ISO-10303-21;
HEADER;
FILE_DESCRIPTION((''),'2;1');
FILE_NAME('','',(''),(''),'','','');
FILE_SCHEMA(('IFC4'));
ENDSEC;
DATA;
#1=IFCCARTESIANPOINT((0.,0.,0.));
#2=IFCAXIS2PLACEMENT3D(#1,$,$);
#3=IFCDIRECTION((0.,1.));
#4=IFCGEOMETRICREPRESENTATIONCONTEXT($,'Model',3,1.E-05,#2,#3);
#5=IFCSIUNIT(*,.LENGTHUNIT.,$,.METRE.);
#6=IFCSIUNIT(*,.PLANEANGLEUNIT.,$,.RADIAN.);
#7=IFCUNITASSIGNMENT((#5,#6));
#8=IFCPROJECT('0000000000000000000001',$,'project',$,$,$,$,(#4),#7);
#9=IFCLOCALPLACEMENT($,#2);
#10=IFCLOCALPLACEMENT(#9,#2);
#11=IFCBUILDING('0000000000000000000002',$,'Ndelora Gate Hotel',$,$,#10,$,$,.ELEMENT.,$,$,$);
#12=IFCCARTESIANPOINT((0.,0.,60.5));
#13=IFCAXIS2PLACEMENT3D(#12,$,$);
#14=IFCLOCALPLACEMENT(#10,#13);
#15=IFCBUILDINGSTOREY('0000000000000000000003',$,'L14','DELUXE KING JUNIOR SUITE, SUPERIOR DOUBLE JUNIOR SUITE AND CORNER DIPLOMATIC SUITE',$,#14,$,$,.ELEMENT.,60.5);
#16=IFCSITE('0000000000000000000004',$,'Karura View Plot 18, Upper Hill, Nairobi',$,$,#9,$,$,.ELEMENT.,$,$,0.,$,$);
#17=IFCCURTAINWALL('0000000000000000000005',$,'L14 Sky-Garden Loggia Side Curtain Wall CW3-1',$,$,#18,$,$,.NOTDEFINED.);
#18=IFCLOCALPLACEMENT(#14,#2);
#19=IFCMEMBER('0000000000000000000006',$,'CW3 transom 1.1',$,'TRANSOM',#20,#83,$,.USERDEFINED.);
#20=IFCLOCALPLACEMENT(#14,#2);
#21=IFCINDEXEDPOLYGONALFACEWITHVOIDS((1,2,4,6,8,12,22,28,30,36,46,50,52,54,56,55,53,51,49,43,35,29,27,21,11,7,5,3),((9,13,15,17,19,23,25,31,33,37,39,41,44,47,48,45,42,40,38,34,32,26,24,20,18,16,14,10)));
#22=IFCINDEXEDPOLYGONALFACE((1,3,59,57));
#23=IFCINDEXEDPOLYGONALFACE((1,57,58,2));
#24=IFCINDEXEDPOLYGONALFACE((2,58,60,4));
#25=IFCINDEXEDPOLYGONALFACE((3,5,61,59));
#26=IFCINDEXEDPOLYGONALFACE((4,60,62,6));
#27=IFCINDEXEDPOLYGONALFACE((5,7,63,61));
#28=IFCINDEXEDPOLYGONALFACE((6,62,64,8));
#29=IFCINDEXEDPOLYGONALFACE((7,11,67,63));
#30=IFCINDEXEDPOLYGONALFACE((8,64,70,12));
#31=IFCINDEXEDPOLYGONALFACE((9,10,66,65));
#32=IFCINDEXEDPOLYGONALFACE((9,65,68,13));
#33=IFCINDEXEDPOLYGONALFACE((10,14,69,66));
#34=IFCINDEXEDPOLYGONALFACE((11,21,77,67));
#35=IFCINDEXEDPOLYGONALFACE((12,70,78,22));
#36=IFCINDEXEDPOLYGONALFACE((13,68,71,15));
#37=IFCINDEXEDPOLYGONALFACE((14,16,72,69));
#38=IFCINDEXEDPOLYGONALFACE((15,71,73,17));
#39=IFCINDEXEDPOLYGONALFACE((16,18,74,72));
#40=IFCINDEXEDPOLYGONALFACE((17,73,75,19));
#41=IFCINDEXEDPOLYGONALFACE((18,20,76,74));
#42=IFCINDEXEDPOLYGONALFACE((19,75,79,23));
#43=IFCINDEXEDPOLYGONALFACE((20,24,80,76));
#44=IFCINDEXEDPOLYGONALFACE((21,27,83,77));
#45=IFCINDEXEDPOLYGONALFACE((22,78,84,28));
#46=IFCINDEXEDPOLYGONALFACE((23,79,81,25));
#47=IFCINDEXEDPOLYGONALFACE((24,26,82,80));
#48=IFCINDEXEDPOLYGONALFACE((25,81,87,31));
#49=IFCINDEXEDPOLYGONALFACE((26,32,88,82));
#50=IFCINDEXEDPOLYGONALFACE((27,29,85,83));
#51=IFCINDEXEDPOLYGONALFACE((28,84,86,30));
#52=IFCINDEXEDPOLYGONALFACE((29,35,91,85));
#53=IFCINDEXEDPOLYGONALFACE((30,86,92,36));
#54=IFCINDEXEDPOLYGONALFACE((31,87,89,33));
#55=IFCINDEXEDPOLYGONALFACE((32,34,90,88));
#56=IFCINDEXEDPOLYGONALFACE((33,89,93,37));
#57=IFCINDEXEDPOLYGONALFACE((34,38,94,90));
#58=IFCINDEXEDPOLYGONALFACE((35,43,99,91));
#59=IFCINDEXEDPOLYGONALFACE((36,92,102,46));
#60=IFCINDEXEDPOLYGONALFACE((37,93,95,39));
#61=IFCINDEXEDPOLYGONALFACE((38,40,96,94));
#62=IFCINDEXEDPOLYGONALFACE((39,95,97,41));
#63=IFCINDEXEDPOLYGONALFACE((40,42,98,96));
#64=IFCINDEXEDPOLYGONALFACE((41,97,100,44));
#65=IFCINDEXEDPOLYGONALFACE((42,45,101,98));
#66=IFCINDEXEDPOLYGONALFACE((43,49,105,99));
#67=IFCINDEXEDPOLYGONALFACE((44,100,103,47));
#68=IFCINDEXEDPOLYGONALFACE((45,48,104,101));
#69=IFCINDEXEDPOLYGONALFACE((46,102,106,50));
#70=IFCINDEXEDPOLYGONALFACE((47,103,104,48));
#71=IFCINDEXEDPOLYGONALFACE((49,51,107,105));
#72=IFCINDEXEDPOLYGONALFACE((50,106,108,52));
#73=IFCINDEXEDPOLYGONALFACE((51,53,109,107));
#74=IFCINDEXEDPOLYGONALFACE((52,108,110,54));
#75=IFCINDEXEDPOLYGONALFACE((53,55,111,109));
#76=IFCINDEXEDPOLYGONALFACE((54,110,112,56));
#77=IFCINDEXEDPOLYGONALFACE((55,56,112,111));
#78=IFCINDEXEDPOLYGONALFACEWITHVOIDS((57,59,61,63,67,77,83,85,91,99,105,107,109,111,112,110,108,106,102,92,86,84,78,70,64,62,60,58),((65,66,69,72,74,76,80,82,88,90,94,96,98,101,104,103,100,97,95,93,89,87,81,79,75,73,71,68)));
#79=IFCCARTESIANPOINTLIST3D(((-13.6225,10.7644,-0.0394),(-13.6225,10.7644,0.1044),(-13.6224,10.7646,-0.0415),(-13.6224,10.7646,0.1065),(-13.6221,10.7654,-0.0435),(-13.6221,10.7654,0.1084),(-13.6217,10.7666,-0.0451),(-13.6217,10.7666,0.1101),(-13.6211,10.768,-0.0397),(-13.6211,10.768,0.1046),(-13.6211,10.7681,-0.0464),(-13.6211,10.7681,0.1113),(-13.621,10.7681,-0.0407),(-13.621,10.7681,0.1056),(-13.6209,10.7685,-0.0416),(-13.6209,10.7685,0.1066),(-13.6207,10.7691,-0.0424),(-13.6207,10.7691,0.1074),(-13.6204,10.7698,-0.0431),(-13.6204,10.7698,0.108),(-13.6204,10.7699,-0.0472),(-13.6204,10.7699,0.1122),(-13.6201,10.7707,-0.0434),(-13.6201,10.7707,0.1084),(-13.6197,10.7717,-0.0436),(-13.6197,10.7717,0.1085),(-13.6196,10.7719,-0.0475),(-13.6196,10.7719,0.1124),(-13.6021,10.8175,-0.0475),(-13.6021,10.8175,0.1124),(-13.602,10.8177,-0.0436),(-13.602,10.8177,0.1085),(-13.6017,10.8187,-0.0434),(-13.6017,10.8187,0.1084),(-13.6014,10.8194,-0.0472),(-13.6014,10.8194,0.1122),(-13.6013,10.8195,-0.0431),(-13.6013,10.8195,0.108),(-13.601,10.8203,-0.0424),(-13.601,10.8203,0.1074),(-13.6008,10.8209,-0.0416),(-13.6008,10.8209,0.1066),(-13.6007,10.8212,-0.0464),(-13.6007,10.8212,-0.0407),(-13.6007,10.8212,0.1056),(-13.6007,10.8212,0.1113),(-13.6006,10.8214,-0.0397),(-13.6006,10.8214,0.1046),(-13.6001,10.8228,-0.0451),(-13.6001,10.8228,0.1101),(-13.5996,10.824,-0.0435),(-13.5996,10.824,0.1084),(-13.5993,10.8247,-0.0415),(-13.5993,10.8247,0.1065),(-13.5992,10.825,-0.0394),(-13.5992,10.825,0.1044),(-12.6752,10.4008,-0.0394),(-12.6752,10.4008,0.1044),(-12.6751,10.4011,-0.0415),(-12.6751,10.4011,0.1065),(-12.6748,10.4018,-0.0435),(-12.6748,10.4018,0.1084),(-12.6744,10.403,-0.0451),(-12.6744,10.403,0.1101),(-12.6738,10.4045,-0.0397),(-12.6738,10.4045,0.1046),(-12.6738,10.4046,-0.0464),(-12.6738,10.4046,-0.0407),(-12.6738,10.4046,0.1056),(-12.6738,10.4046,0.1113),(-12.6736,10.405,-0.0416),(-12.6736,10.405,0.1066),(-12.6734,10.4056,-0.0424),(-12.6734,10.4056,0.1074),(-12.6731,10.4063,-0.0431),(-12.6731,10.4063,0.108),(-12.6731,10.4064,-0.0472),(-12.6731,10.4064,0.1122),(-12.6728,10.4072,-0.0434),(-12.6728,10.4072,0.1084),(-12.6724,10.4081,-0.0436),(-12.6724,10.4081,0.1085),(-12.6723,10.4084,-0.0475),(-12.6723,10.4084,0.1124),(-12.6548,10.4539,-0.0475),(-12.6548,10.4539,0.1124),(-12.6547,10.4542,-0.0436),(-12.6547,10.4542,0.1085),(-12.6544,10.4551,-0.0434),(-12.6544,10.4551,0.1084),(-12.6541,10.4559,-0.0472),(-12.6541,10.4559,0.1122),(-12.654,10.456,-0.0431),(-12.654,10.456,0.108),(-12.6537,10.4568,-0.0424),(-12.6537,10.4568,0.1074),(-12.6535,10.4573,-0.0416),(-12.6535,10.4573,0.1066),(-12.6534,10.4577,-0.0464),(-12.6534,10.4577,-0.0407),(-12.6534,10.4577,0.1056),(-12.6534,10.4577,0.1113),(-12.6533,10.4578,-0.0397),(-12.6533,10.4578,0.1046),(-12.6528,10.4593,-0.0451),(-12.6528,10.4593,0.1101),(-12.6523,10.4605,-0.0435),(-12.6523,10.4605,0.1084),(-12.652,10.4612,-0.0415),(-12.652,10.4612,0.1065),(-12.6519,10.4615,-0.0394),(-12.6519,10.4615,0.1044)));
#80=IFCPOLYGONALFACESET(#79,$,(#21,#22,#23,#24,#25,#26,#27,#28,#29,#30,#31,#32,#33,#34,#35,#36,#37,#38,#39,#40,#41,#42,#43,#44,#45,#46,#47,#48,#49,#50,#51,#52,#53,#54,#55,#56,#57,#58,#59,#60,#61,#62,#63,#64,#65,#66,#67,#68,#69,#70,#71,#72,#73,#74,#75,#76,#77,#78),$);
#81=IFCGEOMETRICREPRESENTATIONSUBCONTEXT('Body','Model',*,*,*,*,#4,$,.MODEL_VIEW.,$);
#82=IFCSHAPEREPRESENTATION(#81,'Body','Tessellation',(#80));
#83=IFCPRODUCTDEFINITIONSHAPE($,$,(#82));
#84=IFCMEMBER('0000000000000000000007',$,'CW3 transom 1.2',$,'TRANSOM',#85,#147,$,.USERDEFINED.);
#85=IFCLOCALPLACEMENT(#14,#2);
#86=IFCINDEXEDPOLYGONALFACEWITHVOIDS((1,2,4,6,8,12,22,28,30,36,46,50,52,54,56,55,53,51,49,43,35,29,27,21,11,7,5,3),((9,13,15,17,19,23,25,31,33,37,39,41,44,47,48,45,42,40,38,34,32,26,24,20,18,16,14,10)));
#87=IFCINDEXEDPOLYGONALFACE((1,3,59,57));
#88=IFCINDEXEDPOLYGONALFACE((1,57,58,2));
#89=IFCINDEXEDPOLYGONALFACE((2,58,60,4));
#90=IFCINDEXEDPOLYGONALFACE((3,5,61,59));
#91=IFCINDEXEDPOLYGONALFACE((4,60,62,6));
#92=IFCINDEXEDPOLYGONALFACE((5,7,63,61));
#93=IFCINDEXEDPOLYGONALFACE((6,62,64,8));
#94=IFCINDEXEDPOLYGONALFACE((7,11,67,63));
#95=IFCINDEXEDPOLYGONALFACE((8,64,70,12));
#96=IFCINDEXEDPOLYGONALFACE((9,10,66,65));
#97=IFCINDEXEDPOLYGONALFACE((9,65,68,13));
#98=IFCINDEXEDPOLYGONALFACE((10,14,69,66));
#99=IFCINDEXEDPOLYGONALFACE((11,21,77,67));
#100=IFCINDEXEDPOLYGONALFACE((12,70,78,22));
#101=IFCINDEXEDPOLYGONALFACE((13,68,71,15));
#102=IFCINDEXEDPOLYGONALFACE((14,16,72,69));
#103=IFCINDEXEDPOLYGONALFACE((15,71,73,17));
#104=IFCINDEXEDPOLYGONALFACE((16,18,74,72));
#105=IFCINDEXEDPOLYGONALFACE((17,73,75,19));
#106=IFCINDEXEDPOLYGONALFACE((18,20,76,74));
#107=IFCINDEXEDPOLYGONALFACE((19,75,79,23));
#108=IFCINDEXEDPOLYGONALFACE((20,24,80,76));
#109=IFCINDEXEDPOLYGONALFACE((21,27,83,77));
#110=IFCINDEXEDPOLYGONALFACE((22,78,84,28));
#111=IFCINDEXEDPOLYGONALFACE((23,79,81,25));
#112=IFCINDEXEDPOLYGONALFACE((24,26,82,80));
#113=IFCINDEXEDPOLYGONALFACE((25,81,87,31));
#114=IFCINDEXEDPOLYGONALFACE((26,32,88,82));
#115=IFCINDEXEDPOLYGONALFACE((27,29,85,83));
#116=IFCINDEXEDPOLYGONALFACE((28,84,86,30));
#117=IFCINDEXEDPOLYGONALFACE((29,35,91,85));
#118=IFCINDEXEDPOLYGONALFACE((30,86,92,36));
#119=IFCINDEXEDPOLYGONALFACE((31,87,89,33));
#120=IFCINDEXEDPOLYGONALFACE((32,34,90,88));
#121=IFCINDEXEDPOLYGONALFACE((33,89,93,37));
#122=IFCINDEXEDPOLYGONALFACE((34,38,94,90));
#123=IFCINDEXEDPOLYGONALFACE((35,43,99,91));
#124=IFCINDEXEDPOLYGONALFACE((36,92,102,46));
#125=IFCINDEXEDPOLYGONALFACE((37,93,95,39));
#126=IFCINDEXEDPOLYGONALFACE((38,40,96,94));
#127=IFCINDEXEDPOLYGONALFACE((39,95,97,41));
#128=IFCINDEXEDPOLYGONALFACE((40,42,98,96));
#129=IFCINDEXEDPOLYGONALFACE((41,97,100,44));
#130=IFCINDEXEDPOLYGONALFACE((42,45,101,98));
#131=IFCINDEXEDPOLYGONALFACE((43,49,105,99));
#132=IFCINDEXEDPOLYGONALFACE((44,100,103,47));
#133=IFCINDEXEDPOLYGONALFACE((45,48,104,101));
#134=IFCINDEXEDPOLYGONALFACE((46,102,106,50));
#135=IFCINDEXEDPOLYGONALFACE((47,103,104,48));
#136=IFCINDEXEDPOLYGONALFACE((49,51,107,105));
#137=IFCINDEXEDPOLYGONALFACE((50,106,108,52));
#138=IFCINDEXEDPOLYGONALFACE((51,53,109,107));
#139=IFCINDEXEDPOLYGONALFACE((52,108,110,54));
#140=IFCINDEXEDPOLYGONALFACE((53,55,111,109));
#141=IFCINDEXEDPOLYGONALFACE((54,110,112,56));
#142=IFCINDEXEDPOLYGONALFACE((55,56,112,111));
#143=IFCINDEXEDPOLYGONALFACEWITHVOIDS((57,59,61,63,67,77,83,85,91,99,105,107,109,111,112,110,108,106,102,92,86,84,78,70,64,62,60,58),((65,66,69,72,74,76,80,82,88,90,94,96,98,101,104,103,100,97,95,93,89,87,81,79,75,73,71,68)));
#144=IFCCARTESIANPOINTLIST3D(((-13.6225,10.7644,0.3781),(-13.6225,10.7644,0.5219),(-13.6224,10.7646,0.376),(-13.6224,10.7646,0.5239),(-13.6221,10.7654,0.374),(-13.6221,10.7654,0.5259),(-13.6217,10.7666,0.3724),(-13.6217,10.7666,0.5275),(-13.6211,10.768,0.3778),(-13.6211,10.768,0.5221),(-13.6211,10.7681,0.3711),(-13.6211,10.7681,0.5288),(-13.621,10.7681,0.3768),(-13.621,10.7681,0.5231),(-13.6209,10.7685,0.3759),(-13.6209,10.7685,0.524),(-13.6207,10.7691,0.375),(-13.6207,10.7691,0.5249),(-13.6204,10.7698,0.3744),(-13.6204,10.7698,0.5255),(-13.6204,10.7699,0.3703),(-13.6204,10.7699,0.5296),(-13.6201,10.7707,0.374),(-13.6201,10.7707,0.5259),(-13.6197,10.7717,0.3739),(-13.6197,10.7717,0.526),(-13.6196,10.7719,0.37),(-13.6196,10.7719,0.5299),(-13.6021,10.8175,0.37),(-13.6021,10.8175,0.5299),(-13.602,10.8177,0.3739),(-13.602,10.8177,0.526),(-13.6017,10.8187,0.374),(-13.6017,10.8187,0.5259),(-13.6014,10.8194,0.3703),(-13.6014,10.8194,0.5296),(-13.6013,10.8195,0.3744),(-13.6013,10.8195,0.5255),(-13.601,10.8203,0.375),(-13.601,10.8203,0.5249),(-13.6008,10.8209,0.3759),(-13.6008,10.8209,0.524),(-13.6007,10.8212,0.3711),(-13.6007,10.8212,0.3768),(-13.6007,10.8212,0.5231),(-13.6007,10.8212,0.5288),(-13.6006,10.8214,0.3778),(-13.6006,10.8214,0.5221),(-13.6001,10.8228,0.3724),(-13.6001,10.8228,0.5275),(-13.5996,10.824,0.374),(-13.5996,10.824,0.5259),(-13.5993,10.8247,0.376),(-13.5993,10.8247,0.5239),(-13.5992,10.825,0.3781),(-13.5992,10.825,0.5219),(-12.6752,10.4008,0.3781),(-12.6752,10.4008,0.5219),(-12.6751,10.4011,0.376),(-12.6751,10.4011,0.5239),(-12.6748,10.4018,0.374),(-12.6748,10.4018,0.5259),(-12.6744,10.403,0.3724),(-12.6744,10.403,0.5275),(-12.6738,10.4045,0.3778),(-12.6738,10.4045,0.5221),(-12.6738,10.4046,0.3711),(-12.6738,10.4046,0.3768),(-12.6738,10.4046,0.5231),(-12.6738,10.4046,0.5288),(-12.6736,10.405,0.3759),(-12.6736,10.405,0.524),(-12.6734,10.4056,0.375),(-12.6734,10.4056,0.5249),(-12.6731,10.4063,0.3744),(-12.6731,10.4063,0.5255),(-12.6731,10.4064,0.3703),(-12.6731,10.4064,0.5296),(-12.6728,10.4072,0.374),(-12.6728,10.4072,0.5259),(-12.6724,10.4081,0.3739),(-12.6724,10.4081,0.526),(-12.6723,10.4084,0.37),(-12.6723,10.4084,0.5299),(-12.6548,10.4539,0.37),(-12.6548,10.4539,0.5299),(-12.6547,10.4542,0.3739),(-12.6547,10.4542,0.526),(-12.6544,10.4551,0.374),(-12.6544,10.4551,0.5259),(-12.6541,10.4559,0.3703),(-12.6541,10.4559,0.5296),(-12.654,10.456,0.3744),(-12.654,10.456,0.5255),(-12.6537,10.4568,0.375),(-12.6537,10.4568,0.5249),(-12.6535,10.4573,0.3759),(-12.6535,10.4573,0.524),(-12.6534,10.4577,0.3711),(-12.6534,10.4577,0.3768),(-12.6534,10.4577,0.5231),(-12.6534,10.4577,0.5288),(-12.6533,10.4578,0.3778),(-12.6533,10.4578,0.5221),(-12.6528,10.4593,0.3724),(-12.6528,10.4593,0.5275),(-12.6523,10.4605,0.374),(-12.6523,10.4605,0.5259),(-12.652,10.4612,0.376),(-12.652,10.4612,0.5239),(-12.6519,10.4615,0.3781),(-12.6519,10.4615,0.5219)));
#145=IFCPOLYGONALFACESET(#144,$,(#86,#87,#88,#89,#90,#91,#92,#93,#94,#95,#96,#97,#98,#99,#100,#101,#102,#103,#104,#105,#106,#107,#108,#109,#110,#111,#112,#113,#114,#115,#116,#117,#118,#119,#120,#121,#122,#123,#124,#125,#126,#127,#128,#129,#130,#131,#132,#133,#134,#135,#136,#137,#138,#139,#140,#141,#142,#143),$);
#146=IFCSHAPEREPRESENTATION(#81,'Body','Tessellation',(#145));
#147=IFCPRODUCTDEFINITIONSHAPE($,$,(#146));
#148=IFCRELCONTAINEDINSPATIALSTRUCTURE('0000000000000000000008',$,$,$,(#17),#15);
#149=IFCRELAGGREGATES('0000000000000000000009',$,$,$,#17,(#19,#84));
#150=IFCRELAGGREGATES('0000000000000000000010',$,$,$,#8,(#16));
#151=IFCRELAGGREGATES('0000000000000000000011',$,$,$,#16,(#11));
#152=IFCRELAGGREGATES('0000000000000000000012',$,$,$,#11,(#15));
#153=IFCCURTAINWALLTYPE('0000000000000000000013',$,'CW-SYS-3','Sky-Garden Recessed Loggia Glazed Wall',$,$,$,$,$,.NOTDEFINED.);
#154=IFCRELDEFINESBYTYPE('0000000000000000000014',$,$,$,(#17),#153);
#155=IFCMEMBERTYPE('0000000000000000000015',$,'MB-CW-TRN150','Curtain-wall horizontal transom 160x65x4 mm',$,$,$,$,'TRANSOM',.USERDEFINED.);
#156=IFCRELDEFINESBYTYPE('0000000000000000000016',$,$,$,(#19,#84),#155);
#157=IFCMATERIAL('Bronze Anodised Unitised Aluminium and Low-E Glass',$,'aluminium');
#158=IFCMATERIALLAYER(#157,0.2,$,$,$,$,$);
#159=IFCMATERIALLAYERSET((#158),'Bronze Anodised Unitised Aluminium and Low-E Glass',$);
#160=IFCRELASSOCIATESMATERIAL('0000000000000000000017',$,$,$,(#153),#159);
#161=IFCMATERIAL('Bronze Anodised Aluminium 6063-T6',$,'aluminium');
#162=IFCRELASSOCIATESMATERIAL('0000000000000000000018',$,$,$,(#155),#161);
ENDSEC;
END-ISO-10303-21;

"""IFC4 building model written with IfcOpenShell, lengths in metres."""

from ifc_helpers import new_model, si_unit, direction, frame, origin, origin_2d, place, context, subcontext, project, spatial, hollow_rectangle, extrude, material, layer, layer_set, material_profile, profile_set, type_object, element, aggregate, save


model = new_model("IFC4")

# Units and contexts
model_context = context("Model", 3, precision=1e-05, world=origin(), true_north=direction((0.0, 1.0)))
body_context = subcontext(model_context, "Body", "Model", "MODEL_VIEW")
ifc_project = project(units=[si_unit("LENGTHUNIT", "METRE"), si_unit("PLANEANGLEUNIT", "RADIAN")], contexts=[model_context])

# Site, building, storey
site_placement = place(None, origin())
site = spatial("IfcSite", under=ifc_project, at=site_placement, Name="Karura View Plot 18, Upper Hill, Nairobi", CompositionType="ELEMENT", RefElevation=0.0)
building_placement = place(site_placement, origin())
building = spatial("IfcBuilding", under=site, at=building_placement, Name="Ndelora Gate Hotel", CompositionType="ELEMENT")
storey_placement = place(building_placement, frame((0.0, 0.0, 60.5)))
storey = spatial("IfcBuildingStorey", under=building, at=storey_placement, Name="L14", Description="DELUXE KING JUNIOR SUITE, SUPERIOR DOUBLE JUNIOR SUITE AND CORNER DIPLOMATIC SUITE", CompositionType="ELEMENT", Elevation=60.5)

# Curtain wall, members
ifc_material_1 = material(Name="Bronze Anodised Unitised Aluminium and Low-E Glass", Category="aluminium")
ifc_layer_1 = layer(ifc_material_1, 0.2)
ifc_layer_set_1 = layer_set([ifc_layer_1], Name="Bronze Anodised Unitised Aluminium and Low-E Glass")
curtain_wall_type = type_object("IfcCurtainWallType", Name="CW-SYS-3", Description="Sky-Garden Recessed Loggia Glazed Wall", PredefinedType="NOTDEFINED", material=ifc_layer_set_1)
curtain_wall_placement = place(storey_placement, origin())
curtain_wall = element("IfcCurtainWall", 1, at=curtain_wall_placement, inside=storey, type_object=curtain_wall_type, Name="L14 Sky-Garden Loggia Side Curtain Wall CW3-1", PredefinedType="NOTDEFINED")
ifc_material_2 = material(Name="Bronze Anodised Aluminium 6063-T6", Category="aluminium")
ifc_material_profile_1 = material_profile(ifc_material_2, hollow_rectangle(XDim=0.0649, YDim=0.1599, WallThickness=0.0039, InnerFilletRadius=0.0039, OuterFilletRadius=0.0081, at=origin_2d()), Name="ALU 160x65x4")
ifc_profile_set_1 = profile_set([ifc_material_profile_1], Name="Bronze Anodised Aluminium 6063-T6")
member_type_1 = type_object("IfcMemberType", Name="MB-CW-TRN150", Description="Curtain-wall horizontal transom 160x65x4 mm", ElementType="TRANSOM", PredefinedType="USERDEFINED", material=ifc_profile_set_1)
member_1_placement = place(storey_placement, frame((-12.6636, 10.4312, 0.0325), z_axis=(-0.933612, 0.358286, 0.0), x_axis=(-0.358286, -0.933612, 0.0)))
member_1 = element("IfcMember", 2, at=member_1_placement, type_object=member_type_1, Name="CW3 transom 1.1", ObjectType="TRANSOM", PredefinedType="USERDEFINED", context=body_context, shape_type="SweptSolid", body=[
    extrude(hollow_rectangle(XDim=0.0649, YDim=0.1599, WallThickness=0.0039, InnerFilletRadius=0.0039, OuterFilletRadius=0.0081, at=origin_2d()), origin(), (0.0, 0.0, 1.0), 1.0146),
])
member_2_placement = place(storey_placement, frame((-12.6636, 10.4312, 0.45), z_axis=(-0.933612, 0.358286, 0.0), x_axis=(-0.358286, -0.933612, 0.0)))
member_2 = element("IfcMember", 3, at=member_2_placement, type_object=member_type_1, Name="CW3 transom 1.2", ObjectType="TRANSOM", PredefinedType="USERDEFINED", context=body_context, shape_type="SweptSolid", body=[
    extrude(hollow_rectangle(XDim=0.0649, YDim=0.1599, WallThickness=0.0039, InnerFilletRadius=0.0039, OuterFilletRadius=0.0081, at=origin_2d()), origin(), (0.0, 0.0, 1.0), 1.0146),
])
aggregate(curtain_wall, [member_1, member_2])

save(model, "model.ifc")
